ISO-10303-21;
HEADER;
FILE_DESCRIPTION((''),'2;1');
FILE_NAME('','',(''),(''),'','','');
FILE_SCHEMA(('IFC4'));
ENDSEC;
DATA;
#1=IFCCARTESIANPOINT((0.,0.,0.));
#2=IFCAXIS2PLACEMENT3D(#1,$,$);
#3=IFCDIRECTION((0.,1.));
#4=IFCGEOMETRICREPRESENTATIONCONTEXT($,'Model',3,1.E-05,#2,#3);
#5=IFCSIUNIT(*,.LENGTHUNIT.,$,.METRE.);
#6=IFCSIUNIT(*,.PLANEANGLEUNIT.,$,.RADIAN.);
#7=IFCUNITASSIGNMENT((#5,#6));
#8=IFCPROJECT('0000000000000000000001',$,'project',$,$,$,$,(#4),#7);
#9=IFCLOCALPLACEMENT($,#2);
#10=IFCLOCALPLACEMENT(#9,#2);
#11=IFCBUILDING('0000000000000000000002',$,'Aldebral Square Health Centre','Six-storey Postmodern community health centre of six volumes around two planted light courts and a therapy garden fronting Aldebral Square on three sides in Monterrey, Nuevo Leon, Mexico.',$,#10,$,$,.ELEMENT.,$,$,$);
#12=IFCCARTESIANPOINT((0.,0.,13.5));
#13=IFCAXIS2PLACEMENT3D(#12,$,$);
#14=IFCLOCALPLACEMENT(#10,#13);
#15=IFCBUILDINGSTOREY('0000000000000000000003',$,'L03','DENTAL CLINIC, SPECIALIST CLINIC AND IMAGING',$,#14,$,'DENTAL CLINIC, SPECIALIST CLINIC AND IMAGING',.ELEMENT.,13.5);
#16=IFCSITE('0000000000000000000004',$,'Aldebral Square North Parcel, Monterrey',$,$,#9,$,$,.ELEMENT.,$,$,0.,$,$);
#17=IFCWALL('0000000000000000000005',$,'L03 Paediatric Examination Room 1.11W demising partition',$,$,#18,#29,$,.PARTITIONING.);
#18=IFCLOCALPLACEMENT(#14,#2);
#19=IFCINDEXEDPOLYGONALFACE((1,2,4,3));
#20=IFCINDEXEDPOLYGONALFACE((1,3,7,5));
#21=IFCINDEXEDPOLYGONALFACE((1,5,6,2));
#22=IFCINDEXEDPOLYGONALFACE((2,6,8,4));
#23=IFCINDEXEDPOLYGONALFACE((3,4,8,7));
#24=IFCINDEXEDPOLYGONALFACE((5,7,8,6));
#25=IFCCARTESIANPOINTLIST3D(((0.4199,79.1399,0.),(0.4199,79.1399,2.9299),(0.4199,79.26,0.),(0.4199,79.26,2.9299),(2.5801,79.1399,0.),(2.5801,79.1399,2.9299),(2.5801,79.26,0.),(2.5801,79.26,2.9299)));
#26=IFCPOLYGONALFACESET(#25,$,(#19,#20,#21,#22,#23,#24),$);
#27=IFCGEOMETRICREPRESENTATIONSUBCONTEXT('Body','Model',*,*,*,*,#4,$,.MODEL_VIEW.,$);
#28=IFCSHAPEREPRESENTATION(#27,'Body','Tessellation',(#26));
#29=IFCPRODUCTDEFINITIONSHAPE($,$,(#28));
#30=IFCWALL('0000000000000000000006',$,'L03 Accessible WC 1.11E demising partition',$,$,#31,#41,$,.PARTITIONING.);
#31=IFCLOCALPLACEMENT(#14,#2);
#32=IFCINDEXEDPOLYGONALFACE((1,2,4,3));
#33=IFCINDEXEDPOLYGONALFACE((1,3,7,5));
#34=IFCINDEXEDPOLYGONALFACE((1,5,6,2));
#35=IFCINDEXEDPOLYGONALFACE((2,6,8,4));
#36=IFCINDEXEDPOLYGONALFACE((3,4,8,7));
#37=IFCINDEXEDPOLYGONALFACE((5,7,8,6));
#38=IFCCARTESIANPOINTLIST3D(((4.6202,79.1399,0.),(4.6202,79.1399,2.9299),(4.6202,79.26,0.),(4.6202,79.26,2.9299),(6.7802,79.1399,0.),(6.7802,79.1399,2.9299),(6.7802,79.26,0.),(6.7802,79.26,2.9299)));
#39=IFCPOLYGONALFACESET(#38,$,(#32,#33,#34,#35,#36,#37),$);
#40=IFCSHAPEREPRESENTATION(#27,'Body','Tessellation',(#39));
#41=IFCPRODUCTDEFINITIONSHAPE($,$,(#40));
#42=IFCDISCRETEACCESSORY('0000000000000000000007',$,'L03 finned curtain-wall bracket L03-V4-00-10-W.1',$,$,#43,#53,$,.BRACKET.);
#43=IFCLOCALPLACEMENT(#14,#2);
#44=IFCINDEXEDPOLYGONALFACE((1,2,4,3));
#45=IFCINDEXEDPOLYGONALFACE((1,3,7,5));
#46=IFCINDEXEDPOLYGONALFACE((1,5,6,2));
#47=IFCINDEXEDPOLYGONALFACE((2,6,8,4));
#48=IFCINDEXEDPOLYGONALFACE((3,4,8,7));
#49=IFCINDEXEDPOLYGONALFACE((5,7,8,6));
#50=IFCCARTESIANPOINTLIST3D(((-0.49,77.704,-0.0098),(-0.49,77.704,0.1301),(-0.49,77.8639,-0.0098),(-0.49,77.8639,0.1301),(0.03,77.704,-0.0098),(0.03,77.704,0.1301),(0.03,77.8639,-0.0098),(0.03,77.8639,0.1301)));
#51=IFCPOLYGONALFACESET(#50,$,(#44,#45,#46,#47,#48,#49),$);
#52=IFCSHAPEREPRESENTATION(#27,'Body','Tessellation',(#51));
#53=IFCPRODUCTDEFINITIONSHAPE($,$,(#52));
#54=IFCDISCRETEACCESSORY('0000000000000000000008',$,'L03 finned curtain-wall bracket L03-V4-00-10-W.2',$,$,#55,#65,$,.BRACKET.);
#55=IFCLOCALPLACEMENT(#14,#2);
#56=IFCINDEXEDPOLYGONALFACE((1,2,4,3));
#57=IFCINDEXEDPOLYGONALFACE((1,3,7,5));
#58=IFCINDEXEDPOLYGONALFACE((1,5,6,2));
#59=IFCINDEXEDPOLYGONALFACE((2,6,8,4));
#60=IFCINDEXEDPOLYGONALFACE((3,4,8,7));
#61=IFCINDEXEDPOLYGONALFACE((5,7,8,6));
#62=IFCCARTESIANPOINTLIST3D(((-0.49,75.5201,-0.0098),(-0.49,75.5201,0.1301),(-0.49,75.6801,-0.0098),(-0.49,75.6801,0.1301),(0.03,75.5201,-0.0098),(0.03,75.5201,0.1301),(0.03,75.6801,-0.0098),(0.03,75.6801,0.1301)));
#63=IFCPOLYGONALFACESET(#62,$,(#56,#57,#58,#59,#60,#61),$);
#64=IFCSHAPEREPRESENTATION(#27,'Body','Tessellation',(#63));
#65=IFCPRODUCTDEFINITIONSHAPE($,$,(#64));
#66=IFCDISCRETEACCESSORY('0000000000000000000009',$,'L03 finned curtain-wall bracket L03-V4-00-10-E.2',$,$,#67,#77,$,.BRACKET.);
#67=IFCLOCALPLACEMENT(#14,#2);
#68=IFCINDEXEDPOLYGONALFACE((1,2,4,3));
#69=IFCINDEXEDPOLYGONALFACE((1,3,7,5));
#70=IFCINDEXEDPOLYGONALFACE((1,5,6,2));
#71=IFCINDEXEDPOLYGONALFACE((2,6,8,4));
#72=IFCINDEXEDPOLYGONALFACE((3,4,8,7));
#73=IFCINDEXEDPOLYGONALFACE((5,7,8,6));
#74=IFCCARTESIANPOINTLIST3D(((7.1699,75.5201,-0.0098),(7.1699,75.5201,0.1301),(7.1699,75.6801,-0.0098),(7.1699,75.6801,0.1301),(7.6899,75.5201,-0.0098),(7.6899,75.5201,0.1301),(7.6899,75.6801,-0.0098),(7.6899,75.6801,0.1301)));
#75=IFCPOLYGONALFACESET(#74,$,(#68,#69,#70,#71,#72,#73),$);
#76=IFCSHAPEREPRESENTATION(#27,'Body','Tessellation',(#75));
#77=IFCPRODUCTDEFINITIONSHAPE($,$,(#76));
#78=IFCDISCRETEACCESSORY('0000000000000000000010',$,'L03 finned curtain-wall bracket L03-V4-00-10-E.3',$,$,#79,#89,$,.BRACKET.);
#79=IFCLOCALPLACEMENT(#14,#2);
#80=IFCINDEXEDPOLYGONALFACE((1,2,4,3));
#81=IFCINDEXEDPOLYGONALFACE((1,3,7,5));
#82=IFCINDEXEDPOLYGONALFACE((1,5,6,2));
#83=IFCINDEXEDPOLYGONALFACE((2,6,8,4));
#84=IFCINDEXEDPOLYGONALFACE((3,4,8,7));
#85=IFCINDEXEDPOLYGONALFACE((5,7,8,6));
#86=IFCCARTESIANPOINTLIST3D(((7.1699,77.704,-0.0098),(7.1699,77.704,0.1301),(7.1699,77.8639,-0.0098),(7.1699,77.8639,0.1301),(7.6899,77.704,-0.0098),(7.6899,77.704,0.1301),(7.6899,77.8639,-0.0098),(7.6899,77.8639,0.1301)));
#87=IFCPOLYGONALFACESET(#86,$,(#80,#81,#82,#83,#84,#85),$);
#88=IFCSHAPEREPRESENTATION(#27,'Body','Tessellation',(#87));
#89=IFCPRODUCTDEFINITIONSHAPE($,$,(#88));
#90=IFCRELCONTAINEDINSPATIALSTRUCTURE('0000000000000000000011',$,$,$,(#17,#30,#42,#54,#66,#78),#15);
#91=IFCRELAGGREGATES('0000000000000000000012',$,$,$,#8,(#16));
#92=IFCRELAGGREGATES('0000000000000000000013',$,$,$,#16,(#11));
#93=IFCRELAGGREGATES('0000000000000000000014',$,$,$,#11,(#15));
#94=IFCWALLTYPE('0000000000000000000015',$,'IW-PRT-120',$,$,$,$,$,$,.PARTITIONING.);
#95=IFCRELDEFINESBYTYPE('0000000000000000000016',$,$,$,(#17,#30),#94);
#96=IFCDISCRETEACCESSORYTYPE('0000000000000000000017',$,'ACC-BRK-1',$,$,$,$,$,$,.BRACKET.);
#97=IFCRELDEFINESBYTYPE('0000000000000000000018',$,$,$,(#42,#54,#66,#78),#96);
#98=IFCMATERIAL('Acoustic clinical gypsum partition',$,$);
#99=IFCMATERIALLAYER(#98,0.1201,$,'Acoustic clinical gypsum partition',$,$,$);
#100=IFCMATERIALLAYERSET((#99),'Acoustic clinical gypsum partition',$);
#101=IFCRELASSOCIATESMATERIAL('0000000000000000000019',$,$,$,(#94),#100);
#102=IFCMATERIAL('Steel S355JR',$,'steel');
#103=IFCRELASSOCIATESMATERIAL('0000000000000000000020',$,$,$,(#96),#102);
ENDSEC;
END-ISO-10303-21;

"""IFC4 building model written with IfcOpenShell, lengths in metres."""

from ifc_helpers import new_model, si_unit, direction, frame, frame_2d, origin, origin_2d, place, context, subcontext, project, spatial, rectangle, extrude, material, layer, layer_set, type_object, element, save


model = new_model("IFC4")

# Units and contexts
model_context = context("Model", 3, precision=1e-05, world=origin(), true_north=direction((0.0, 1.0)))
body_context = subcontext(model_context, "Body", "Model", "MODEL_VIEW")
ifc_project = project(units=[si_unit("LENGTHUNIT", "METRE"), si_unit("PLANEANGLEUNIT", "RADIAN")], contexts=[model_context])

# Site, building, storey
site_placement = place(None, origin())
site = spatial("IfcSite", under=ifc_project, at=site_placement, Name="Aldebral Square North Parcel, Monterrey", CompositionType="ELEMENT", RefElevation=0.0)
building_placement = place(site_placement, origin())
building = spatial("IfcBuilding", under=site, at=building_placement, Name="Aldebral Square Health Centre", Description="Six-storey Postmodern community health centre of six volumes around two planted light courts and a therapy garden fronting Aldebral Square on three sides in Monterrey, Nuevo Leon, Mexico.", CompositionType="ELEMENT")
storey_placement = place(building_placement, frame((0.0, 0.0, 13.5)))
storey = spatial("IfcBuildingStorey", under=building, at=storey_placement, Name="L03", Description="DENTAL CLINIC, SPECIALIST CLINIC AND IMAGING", LongName="DENTAL CLINIC, SPECIALIST CLINIC AND IMAGING", CompositionType="ELEMENT", Elevation=13.5)

# Walls
ifc_material_1 = material(Name="Acoustic clinical gypsum partition")
ifc_layer_1 = layer(ifc_material_1, 0.1201, Name="Acoustic clinical gypsum partition")
ifc_layer_set_1 = layer_set([ifc_layer_1], Name="Acoustic clinical gypsum partition")
wall_type_1 = type_object("IfcWallType", Name="IW-PRT-120", PredefinedType="PARTITIONING", material=ifc_layer_set_1)
wall_1_placement = place(storey_placement, frame((0.4199, 79.2, 0.0), z_axis=(0.0, 0.0, 1.0), x_axis=(1.0, 0.0, 0.0)))
element("IfcWall", 1, at=wall_1_placement, inside=storey, type_object=wall_type_1, Name="L03 Paediatric Examination Room 1.11W demising partition", PredefinedType="PARTITIONING", context=body_context, shape_type="SweptSolid", body=[
    extrude(rectangle(XDim=2.1602, YDim=0.1201, at=frame_2d((1.0801, 0.0))), origin(), (0.0, 0.0, 1.0), 2.9299),
])
wall_2_placement = place(storey_placement, frame((4.6201, 79.2, 0.0), z_axis=(0.0, 0.0, 1.0), x_axis=(1.0, 0.0, 0.0)))
element("IfcWall", 2, at=wall_2_placement, inside=storey, type_object=wall_type_1, Name="L03 Accessible WC 1.11E demising partition", PredefinedType="PARTITIONING", context=body_context, shape_type="SweptSolid", body=[
    extrude(rectangle(XDim=2.1599, YDim=0.1201, at=frame_2d((1.0801, 0.0))), origin(), (0.0, 0.0, 1.0), 2.9299),
])

# Discrete accessories
ifc_material_2 = material(Name="Steel S355JR", Category="steel")
discrete_accessory_type = type_object("IfcDiscreteAccessoryType", Name="ACC-BRK-1", PredefinedType="BRACKET", material=ifc_material_2)
for number, where, z_axis, x_axis, name in (
    (3, (-0.23, 77.7839, -0.0098), (0.0, 0.0, 1.0), (0.0, 1.0, 0.0), "L03 finned curtain-wall bracket L03-V4-00-10-W.1"),
    (4, (-0.23, 75.6001, -0.0098), (0.0, 0.0, 1.0), (0.0, 1.0, 0.0), "L03 finned curtain-wall bracket L03-V4-00-10-W.2"),
    (5, (7.4299, 75.6001, -0.0098), (0.0, 0.0, 1.0), (0.0, 1.0, 0.0), "L03 finned curtain-wall bracket L03-V4-00-10-E.2"),
    (6, (7.4299, 77.7839, -0.0098), (0.0, 0.0, 1.0), (0.0, 1.0, 0.0), "L03 finned curtain-wall bracket L03-V4-00-10-E.3"),
):
    element("IfcDiscreteAccessory", number, at=place(storey_placement, frame(where, z_axis=z_axis, x_axis=x_axis)), inside=storey, type_object=discrete_accessory_type, Name=name, PredefinedType="BRACKET", context=body_context, shape_type="SweptSolid", body=[
        extrude(rectangle(XDim=0.1599, YDim=0.52, at=origin_2d()), origin(), (0.0, 0.0, 1.0), 0.1399),
    ])

save(model, "model.ifc")
